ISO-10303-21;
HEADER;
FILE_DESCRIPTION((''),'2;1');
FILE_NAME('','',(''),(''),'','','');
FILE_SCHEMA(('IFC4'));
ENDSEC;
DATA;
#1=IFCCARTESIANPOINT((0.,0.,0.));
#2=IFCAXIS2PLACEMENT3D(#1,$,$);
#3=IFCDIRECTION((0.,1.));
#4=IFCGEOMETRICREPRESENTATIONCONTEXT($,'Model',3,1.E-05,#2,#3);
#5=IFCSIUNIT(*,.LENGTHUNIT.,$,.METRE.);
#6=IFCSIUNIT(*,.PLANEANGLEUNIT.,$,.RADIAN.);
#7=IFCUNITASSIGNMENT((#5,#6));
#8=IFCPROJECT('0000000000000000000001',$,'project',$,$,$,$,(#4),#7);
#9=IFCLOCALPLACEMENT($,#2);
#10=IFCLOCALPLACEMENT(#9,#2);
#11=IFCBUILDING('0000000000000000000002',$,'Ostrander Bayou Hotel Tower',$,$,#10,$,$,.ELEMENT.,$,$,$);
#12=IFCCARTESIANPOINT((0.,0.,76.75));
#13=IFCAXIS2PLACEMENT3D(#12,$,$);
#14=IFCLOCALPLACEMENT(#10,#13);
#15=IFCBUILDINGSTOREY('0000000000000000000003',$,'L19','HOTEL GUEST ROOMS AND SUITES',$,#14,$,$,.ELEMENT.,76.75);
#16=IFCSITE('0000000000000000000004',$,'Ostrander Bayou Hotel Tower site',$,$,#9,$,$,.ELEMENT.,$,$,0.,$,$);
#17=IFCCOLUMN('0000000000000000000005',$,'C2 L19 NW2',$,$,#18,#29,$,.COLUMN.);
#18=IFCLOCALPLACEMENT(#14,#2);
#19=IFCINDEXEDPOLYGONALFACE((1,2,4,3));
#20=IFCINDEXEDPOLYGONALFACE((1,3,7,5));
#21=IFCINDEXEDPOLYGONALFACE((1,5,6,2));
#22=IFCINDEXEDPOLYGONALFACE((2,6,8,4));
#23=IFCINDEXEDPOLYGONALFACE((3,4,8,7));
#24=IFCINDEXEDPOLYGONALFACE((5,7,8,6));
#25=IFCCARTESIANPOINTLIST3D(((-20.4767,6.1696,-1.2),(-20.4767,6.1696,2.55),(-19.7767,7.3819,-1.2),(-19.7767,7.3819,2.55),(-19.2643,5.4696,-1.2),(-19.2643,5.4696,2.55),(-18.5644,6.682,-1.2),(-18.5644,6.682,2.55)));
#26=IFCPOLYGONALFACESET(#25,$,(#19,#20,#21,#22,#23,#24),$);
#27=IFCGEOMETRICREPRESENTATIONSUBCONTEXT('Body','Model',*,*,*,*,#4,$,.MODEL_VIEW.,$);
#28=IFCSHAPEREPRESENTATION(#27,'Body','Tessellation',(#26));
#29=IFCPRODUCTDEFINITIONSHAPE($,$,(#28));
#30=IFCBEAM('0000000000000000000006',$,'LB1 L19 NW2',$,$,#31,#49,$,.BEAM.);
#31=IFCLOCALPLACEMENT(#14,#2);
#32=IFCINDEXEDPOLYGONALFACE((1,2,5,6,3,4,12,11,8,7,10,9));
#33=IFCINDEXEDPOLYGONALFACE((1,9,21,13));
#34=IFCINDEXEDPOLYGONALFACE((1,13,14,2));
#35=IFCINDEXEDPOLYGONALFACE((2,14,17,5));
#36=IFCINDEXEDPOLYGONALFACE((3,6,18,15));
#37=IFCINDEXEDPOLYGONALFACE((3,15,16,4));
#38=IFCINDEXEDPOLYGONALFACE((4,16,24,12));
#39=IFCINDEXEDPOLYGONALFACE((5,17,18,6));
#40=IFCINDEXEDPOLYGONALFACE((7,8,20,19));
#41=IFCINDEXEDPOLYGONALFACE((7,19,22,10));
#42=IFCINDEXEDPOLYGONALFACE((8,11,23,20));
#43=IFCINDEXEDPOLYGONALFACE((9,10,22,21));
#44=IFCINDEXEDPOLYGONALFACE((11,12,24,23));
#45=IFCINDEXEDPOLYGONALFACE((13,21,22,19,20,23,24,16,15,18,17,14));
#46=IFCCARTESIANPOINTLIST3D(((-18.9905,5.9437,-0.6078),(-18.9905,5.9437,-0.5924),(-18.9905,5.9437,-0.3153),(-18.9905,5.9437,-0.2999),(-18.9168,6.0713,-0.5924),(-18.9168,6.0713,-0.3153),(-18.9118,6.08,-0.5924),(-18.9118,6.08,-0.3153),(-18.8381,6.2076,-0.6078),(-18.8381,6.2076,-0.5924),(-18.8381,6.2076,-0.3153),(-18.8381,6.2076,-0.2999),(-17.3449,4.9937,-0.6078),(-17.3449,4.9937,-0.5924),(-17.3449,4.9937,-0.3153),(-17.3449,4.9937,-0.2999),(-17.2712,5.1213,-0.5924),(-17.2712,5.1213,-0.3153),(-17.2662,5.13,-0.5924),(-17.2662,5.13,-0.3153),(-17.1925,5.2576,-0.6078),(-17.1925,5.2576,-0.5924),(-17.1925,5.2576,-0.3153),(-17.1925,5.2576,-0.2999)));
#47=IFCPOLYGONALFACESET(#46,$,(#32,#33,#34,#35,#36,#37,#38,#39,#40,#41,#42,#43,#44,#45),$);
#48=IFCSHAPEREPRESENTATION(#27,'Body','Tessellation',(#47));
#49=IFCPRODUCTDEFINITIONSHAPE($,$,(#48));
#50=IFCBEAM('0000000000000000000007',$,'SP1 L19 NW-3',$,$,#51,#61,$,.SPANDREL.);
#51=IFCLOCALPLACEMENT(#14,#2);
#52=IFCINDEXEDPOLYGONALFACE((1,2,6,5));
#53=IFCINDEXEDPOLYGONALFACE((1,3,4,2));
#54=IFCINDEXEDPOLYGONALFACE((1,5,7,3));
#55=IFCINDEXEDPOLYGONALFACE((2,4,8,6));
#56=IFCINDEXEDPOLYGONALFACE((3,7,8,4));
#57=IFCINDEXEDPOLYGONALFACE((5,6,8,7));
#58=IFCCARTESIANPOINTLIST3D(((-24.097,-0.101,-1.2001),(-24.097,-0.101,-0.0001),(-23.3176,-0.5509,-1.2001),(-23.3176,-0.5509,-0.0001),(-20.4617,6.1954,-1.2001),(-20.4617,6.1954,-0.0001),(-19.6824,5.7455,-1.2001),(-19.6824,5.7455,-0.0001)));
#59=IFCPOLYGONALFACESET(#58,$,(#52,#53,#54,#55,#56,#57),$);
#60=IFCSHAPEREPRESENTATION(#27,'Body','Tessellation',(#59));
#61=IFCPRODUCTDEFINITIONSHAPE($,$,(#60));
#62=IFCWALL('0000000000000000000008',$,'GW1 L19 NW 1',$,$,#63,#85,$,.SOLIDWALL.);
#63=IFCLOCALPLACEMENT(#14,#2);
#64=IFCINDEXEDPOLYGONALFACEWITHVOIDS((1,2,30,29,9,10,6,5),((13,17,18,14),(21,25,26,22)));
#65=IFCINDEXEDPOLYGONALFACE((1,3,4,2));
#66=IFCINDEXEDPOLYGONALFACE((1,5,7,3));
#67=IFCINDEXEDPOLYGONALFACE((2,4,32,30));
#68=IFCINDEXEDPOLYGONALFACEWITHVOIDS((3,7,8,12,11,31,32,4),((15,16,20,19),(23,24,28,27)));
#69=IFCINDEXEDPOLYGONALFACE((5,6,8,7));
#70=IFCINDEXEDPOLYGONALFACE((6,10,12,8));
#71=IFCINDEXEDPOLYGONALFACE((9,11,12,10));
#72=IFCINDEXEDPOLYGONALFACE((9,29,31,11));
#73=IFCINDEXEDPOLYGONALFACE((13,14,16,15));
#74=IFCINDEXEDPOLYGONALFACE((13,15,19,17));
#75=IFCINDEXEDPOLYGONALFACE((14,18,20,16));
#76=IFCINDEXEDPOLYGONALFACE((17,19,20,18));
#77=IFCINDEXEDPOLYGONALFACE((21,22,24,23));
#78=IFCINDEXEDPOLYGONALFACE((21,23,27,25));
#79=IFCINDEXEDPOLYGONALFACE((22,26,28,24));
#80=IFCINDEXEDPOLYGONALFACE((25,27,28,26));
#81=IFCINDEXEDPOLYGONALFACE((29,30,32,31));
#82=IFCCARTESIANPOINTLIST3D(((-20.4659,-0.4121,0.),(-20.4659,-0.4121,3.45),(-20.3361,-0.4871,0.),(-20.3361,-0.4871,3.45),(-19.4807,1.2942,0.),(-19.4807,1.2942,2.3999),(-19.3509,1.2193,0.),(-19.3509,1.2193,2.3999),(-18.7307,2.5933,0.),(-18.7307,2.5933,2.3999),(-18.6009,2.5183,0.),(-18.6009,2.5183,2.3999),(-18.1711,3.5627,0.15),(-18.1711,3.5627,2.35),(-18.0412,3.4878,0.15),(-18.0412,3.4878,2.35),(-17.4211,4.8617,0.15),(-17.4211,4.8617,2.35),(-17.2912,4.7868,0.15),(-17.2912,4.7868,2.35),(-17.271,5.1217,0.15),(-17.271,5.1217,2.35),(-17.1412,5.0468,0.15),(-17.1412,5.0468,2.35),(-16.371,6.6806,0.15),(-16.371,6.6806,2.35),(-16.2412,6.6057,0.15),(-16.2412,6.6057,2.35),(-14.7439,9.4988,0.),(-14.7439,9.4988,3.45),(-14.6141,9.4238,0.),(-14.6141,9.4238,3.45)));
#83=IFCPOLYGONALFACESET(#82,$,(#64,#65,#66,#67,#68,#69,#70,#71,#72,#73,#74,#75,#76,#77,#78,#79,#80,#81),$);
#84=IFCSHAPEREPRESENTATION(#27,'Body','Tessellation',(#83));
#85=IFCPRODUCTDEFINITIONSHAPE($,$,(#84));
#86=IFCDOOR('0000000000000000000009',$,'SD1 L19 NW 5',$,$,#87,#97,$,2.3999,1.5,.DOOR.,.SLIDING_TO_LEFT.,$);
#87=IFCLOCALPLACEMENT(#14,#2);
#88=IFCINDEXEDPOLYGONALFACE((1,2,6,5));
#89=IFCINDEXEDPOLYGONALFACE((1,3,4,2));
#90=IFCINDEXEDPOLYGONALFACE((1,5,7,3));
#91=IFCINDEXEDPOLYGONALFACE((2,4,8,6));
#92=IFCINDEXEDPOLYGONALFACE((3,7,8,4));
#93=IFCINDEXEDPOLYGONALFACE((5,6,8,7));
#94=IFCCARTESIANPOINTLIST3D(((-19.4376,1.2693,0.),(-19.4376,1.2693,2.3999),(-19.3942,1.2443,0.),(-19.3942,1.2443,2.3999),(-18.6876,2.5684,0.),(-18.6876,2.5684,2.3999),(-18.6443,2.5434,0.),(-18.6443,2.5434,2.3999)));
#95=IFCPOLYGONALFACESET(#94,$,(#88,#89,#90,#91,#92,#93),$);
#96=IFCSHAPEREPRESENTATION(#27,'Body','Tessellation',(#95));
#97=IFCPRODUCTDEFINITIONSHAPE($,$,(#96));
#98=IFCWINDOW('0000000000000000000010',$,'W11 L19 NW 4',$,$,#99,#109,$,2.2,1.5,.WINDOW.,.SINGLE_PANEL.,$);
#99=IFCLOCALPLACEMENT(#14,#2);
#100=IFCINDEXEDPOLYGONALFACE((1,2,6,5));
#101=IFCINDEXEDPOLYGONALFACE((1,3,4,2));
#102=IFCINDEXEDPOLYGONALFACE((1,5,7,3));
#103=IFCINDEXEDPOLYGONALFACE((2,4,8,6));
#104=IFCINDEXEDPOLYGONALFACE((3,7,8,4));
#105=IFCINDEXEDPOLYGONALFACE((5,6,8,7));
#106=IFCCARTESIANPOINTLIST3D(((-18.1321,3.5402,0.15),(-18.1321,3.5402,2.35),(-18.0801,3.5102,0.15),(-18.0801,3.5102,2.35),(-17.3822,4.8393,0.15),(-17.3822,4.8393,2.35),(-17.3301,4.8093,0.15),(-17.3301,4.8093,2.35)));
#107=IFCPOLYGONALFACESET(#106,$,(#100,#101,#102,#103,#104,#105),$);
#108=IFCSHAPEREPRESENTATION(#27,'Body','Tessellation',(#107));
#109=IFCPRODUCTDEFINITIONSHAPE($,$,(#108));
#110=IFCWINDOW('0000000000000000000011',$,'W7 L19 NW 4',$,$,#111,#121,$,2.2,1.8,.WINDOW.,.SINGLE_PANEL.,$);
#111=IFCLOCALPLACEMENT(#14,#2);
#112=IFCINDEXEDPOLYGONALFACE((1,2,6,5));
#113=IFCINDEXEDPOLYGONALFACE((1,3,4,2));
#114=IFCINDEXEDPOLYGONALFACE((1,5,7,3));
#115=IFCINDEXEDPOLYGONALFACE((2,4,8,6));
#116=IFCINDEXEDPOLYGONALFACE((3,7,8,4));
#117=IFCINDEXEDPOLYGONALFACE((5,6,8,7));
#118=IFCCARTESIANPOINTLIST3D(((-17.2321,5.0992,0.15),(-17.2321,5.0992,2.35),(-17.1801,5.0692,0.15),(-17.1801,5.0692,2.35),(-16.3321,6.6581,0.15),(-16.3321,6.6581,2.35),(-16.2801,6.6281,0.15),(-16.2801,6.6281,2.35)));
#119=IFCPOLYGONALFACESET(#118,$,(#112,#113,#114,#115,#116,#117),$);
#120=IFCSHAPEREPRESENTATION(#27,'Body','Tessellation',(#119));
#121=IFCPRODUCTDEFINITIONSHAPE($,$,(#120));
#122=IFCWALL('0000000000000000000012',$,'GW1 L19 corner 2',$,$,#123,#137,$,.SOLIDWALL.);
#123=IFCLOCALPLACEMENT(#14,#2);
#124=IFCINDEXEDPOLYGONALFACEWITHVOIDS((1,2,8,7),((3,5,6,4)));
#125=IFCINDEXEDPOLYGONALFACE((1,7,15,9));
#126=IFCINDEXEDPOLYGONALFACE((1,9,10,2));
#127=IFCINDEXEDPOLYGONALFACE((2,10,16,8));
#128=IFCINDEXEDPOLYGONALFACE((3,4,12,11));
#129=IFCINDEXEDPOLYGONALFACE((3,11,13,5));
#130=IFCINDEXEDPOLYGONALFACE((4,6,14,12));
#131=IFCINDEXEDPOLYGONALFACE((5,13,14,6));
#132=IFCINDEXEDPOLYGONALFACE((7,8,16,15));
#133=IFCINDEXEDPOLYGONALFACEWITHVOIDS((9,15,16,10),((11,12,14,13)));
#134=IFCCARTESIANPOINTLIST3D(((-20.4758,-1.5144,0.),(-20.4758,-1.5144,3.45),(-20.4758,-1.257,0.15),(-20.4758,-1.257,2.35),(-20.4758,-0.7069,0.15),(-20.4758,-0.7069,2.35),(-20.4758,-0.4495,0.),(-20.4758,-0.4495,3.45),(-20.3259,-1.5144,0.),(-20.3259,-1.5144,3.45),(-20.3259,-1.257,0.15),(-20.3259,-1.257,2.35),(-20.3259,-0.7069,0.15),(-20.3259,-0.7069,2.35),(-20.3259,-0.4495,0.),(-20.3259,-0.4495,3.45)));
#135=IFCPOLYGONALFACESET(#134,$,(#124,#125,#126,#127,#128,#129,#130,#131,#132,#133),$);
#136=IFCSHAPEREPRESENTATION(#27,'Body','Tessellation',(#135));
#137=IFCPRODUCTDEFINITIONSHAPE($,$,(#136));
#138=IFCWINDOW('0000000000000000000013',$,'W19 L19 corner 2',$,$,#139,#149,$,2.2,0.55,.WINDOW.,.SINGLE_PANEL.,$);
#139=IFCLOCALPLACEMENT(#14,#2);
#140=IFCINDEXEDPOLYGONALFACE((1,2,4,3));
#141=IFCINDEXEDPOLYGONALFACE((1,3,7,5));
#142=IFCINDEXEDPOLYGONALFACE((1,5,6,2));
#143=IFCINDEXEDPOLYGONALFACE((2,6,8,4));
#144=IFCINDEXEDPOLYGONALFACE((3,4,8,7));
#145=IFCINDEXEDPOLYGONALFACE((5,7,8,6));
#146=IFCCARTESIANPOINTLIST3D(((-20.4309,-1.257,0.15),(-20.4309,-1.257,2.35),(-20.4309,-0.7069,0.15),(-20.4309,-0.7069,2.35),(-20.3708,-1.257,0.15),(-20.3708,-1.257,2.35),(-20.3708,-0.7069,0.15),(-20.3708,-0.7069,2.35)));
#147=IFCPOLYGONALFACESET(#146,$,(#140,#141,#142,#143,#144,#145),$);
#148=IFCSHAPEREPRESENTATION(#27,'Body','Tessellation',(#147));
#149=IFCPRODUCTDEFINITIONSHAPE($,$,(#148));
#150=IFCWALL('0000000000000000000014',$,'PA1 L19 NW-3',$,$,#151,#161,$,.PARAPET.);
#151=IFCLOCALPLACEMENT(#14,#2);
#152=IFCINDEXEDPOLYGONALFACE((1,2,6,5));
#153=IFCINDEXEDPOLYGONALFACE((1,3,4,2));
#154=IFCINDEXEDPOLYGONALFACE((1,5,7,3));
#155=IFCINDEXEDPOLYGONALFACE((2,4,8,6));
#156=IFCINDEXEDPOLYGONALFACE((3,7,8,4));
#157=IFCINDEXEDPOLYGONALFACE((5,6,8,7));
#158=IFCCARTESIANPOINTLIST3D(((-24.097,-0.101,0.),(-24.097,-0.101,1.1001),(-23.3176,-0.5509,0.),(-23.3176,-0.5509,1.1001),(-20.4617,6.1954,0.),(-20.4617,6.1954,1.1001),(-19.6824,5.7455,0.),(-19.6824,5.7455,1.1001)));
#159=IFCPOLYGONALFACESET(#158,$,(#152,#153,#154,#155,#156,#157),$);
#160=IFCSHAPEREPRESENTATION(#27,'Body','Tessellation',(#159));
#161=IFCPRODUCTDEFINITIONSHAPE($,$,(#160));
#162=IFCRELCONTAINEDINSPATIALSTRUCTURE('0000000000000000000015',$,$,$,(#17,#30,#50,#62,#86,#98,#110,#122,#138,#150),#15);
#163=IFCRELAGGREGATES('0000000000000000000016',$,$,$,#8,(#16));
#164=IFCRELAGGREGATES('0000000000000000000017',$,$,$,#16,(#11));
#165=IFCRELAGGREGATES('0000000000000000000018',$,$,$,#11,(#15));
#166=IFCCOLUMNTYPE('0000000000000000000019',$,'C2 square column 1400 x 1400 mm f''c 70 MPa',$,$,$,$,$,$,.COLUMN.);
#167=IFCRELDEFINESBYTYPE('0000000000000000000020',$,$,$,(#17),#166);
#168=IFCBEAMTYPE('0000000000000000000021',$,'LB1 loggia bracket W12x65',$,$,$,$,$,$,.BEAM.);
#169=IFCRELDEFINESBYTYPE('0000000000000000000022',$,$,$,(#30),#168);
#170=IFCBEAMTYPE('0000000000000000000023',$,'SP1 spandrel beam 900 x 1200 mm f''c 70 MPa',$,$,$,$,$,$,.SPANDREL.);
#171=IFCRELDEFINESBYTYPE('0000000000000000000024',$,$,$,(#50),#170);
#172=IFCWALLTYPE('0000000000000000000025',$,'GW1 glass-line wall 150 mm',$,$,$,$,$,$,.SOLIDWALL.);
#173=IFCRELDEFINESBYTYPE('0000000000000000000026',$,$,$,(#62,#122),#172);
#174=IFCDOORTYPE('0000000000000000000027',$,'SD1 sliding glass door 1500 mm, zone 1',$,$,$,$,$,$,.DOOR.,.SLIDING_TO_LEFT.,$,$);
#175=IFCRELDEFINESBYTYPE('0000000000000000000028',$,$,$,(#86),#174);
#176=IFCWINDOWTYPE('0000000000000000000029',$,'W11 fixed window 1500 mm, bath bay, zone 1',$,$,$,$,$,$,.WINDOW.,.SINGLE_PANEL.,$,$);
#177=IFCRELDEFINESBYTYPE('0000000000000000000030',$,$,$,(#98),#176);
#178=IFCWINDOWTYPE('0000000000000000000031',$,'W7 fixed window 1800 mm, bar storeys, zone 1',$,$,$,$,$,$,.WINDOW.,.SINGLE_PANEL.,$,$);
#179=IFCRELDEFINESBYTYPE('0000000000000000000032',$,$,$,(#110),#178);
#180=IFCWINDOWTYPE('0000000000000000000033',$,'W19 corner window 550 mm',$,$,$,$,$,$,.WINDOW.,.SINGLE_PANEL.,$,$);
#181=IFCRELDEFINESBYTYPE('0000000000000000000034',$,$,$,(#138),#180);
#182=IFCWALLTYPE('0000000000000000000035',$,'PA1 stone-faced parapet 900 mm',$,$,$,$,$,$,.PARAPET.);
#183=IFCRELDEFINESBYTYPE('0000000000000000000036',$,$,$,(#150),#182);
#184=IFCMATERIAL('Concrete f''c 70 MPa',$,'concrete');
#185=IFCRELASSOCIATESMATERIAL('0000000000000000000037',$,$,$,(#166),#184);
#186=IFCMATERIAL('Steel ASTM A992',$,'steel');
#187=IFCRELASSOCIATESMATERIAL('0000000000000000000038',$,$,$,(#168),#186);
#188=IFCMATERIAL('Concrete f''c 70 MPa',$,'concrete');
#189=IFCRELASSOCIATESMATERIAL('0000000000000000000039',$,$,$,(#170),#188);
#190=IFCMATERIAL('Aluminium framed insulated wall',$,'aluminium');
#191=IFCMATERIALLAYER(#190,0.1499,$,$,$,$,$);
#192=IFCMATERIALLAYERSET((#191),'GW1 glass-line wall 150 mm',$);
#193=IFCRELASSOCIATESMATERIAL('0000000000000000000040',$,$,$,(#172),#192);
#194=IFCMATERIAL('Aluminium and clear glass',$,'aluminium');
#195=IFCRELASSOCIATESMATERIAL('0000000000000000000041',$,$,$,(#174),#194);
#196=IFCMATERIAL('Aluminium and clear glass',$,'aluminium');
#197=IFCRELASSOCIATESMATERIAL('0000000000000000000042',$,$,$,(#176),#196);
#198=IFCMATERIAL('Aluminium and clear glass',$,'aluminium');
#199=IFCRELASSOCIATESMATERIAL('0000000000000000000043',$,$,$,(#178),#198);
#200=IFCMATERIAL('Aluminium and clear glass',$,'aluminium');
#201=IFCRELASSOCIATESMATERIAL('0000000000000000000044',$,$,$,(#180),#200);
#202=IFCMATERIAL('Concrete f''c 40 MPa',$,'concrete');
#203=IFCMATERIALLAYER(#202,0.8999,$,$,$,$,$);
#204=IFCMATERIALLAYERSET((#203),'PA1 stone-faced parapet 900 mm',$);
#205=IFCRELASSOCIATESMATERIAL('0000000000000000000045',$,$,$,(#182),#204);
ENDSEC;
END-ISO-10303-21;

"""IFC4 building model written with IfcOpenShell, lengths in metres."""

from ifc_helpers import new_model, si_unit, direction, frame, frame_2d, origin, origin_2d, place, context, subcontext, project, spatial, rectangle, i_section, extrude, material, layer, layer_set, material_profile, profile_set, type_object, element, fill, save


model = new_model("IFC4")

# Units and contexts
model_context = context("Model", 3, precision=1e-05, world=origin(), true_north=direction((0.0, 1.0)))
body_context = subcontext(model_context, "Body", "Model", "MODEL_VIEW")
ifc_project = project(units=[si_unit("LENGTHUNIT", "METRE"), si_unit("PLANEANGLEUNIT", "RADIAN")], contexts=[model_context])

# Site, building, storey
site_placement = place(None, origin())
site = spatial("IfcSite", under=ifc_project, at=site_placement, Name="Ostrander Bayou Hotel Tower site", CompositionType="ELEMENT", RefElevation=0.0)
building_placement = place(site_placement, origin())
building = spatial("IfcBuilding", under=site, at=building_placement, Name="Ostrander Bayou Hotel Tower", CompositionType="ELEMENT")
storey_placement = place(building_placement, frame((0.0, 0.0, 76.75)))
storey = spatial("IfcBuildingStorey", under=building, at=storey_placement, Name="L19", Description="HOTEL GUEST ROOMS AND SUITES", CompositionType="ELEMENT", Elevation=76.75)

# Column
ifc_material_1 = material(Name="Concrete f'c 70 MPa", Category="concrete")
ifc_material_profile_1 = material_profile(ifc_material_1, rectangle(XDim=1.3999, YDim=1.3999, at=origin_2d()))
ifc_profile_set_1 = profile_set([ifc_material_profile_1], Name="Concrete f'c 70 MPa")
column_type = type_object("IfcColumnType", Name="C2 square column 1400 x 1400 mm f'c 70 MPa", PredefinedType="COLUMN", material=ifc_profile_set_1)
column_placement = place(storey_placement, frame((-19.5205, 6.4258, -1.2), z_axis=(0.0, 0.0, 1.0), x_axis=(0.5, 0.866025, 0.0)))
element("IfcColumn", 1, at=column_placement, inside=storey, type_object=column_type, Name="C2 L19 NW2", PredefinedType="COLUMN", context=body_context, shape_type="SweptSolid", body=[
    extrude(rectangle(XDim=1.3999, YDim=1.3999, at=origin_2d()), origin(), (0.0, 0.0, 1.0), 3.75),
])

# Beams
ifc_material_2 = material(Name="Steel ASTM A992", Category="steel")
ifc_material_profile_2 = material_profile(ifc_material_2, i_section(OverallWidth=0.3047, OverallDepth=0.3079, WebThickness=0.01, FlangeThickness=0.0154, at=origin_2d()))
ifc_profile_set_2 = profile_set([ifc_material_profile_2], Name="Steel ASTM A992")
beam_type_1 = type_object("IfcBeamType", Name="LB1 loggia bracket W12x65", PredefinedType="BEAM", material=ifc_profile_set_2)
beam_1_placement = place(storey_placement, frame((-18.9143, 6.0757, -0.4539), z_axis=(0.866044, -0.499967, 0.0), x_axis=(0.499967, 0.866044, 0.0)))
element("IfcBeam", 2, at=beam_1_placement, inside=storey, type_object=beam_type_1, Name="LB1 L19 NW2", PredefinedType="BEAM", context=body_context, shape_type="SweptSolid", body=[
    extrude(i_section(OverallWidth=0.3047, OverallDepth=0.3079, WebThickness=0.01, FlangeThickness=0.0154, at=origin_2d()), origin(), (0.0, 0.0, 1.0), 1.9001),
])
ifc_material_3 = material(Name="Concrete f'c 70 MPa", Category="concrete")
ifc_material_profile_3 = material_profile(ifc_material_3, rectangle(XDim=0.8999, YDim=1.2, at=origin_2d()))
ifc_profile_set_3 = profile_set([ifc_material_profile_3], Name="Concrete f'c 70 MPa")
beam_type_2 = type_object("IfcBeamType", Name="SP1 spandrel beam 900 x 1200 mm f'c 70 MPa", PredefinedType="SPANDREL", material=ifc_profile_set_3)
beam_2_placement = place(storey_placement, frame((-20.072, 5.9705, -0.6001), z_axis=(-0.500003, -0.866023, 0.0), x_axis=(0.866023, -0.500003, 0.0)))
element("IfcBeam", 3, at=beam_2_placement, inside=storey, type_object=beam_type_2, Name="SP1 L19 NW-3", PredefinedType="SPANDREL", context=body_context, shape_type="SweptSolid", body=[
    extrude(rectangle(XDim=0.8999, YDim=1.2, at=origin_2d()), origin(), (0.0, 0.0, 1.0), 7.2705),
])

# Wall, openings, door, windows
ifc_material_4 = material(Name="Aluminium framed insulated wall", Category="aluminium")
ifc_layer_1 = layer(ifc_material_4, 0.1499)
ifc_layer_set_1 = layer_set([ifc_layer_1], Name="GW1 glass-line wall 150 mm")
wall_type_1 = type_object("IfcWallType", Name="GW1 glass-line wall 150 mm", PredefinedType="SOLIDWALL", material=ifc_layer_set_1)
wall_1_placement = place(storey_placement, frame((-14.679, 9.4614, 0.0), z_axis=(0.0, 0.0, 1.0), x_axis=(-0.499991, -0.86603, 0.0)))
wall_1 = element("IfcWall", 4, at=wall_1_placement, inside=storey, type_object=wall_type_1, Name="GW1 L19 NW 1", PredefinedType="SOLIDWALL", context=body_context, shape_type="SweptSolid", body=[
    extrude(rectangle(XDim=11.4441, YDim=0.1499, at=frame_2d((5.7222, 0.0))), origin(), (0.0, 0.0, 1.0), 3.45),
])
opening_1_placement = place(wall_1_placement, frame((3.2544, 0.0, 0.1499)))
opening_1 = element("IfcOpeningElement", 5, at=opening_1_placement, cuts=wall_1, PredefinedType="OPENING", context=body_context, shape_type="SweptSolid", body=[
    extrude(rectangle(XDim=1.8, YDim=2.2, at=frame_2d((0.8999, 1.1001))), frame((0.0, 0.075, 0.0), z_axis=(0.0, -1.0, 0.0), x_axis=(1.0, 0.0, 0.0)), (0.0, 0.0, 1.0), 0.1499),
])
opening_2_placement = place(wall_1_placement, frame((5.3545, 0.0, 0.1499)))
opening_2 = element("IfcOpeningElement", 6, at=opening_2_placement, cuts=wall_1, PredefinedType="OPENING", context=body_context, shape_type="SweptSolid", body=[
    extrude(rectangle(XDim=1.5, YDim=2.2, at=frame_2d((0.75, 1.1001))), frame((0.0, 0.075, 0.0), z_axis=(0.0, -1.0, 0.0), x_axis=(1.0, 0.0, 0.0)), (0.0, 0.0, 1.0), 0.1499),
])
opening_3_placement = place(wall_1_placement, frame((7.9739, 0.0, 0.0)))
opening_3 = element("IfcOpeningElement", 7, at=opening_3_placement, cuts=wall_1, PredefinedType="OPENING", context=body_context, shape_type="SweptSolid", body=[
    extrude(rectangle(XDim=1.5, YDim=2.3999, at=frame_2d((0.75, 1.2))), frame((0.0, 0.075, 0.0), z_axis=(0.0, -1.0, 0.0), x_axis=(1.0, 0.0, 0.0)), (0.0, 0.0, 1.0), 0.1499),
])
ifc_material_5 = material(Name="Aluminium and clear glass", Category="aluminium")
door_type_1 = type_object("IfcDoorType", Name="SD1 sliding glass door 1500 mm, zone 1", OperationType="SLIDING_TO_LEFT", PredefinedType="DOOR", material=ifc_material_5)
door_1_placement = place(opening_3_placement, origin())
door_1 = element("IfcDoor", 8, at=door_1_placement, inside=storey, type_object=door_type_1, Name="SD1 L19 NW 5", OperationType="SLIDING_TO_LEFT", OverallHeight=2.3999, OverallWidth=1.5, PredefinedType="DOOR", context=body_context, shape_type="SweptSolid", body=[
    extrude(rectangle(XDim=1.5, YDim=2.3999, at=frame_2d((0.75, 1.2))), frame((0.0, 0.0249, 0.0), z_axis=(0.0, -1.0, 0.0), x_axis=(1.0, 0.0, 0.0)), (0.0, 0.0, 1.0), 0.05),
])
fill(opening_3, door_1)
ifc_material_6 = material(Name="Aluminium and clear glass", Category="aluminium")
window_type_1 = type_object("IfcWindowType", Name="W11 fixed window 1500 mm, bath bay, zone 1", PartitioningType="SINGLE_PANEL", PredefinedType="WINDOW", material=ifc_material_6)
window_1_placement = place(opening_2_placement, origin())
window_1 = element("IfcWindow", 9, at=window_1_placement, inside=storey, type_object=window_type_1, Name="W11 L19 NW 4", OverallHeight=2.2, OverallWidth=1.5, PartitioningType="SINGLE_PANEL", PredefinedType="WINDOW", context=body_context, shape_type="SweptSolid", body=[
    extrude(rectangle(XDim=1.5, YDim=2.2, at=frame_2d((0.75, 1.1001))), frame((0.0, 0.03, 0.0), z_axis=(0.0, -1.0, 0.0), x_axis=(1.0, 0.0, 0.0)), (0.0, 0.0, 1.0), 0.0601),
])
fill(opening_2, window_1)
ifc_material_7 = material(Name="Aluminium and clear glass", Category="aluminium")
window_type_2 = type_object("IfcWindowType", Name="W7 fixed window 1800 mm, bar storeys, zone 1", PartitioningType="SINGLE_PANEL", PredefinedType="WINDOW", material=ifc_material_7)
window_2_placement = place(opening_1_placement, origin())
window_2 = element("IfcWindow", 10, at=window_2_placement, inside=storey, type_object=window_type_2, Name="W7 L19 NW 4", OverallHeight=2.2, OverallWidth=1.8, PartitioningType="SINGLE_PANEL", PredefinedType="WINDOW", context=body_context, shape_type="SweptSolid", body=[
    extrude(rectangle(XDim=1.8, YDim=2.2, at=frame_2d((0.8999, 1.1001))), frame((0.0, 0.03, 0.0), z_axis=(0.0, -1.0, 0.0), x_axis=(1.0, 0.0, 0.0)), (0.0, 0.0, 1.0), 0.0601),
])
fill(opening_1, window_2)

# Wall, opening, window
wall_2_placement = place(storey_placement, frame((-20.4009, -0.4495, 0.0), z_axis=(0.0, 0.0, 1.0), x_axis=(0.0, -1.0, 0.0)))
wall_2 = element("IfcWall", 11, at=wall_2_placement, inside=storey, type_object=wall_type_1, Name="GW1 L19 corner 2", PredefinedType="SOLIDWALL", context=body_context, shape_type="SweptSolid", body=[
    extrude(rectangle(XDim=1.0649, YDim=0.1499, at=frame_2d((0.5325, 0.0))), origin(), (0.0, 0.0, 1.0), 3.45),
])
opening_4_placement = place(wall_2_placement, frame((0.2576, 0.0, 0.1499)))
opening_4 = element("IfcOpeningElement", 12, at=opening_4_placement, cuts=wall_2, PredefinedType="OPENING", context=body_context, shape_type="SweptSolid", body=[
    extrude(rectangle(XDim=0.55, YDim=2.2, at=frame_2d((0.2749, 1.1001))), frame((0.0, 0.075, 0.0), z_axis=(0.0, -1.0, 0.0), x_axis=(1.0, 0.0, 0.0)), (0.0, 0.0, 1.0), 0.1499),
])
ifc_material_8 = material(Name="Aluminium and clear glass", Category="aluminium")
window_type_3 = type_object("IfcWindowType", Name="W19 corner window 550 mm", PartitioningType="SINGLE_PANEL", PredefinedType="WINDOW", material=ifc_material_8)
window_3_placement = place(opening_4_placement, origin())
window_3 = element("IfcWindow", 13, at=window_3_placement, inside=storey, type_object=window_type_3, Name="W19 L19 corner 2", OverallHeight=2.2, OverallWidth=0.55, PartitioningType="SINGLE_PANEL", PredefinedType="WINDOW", context=body_context, shape_type="SweptSolid", body=[
    extrude(rectangle(XDim=0.55, YDim=2.2, at=frame_2d((0.2749, 1.1001))), frame((0.0, 0.03, 0.0), z_axis=(0.0, -1.0, 0.0), x_axis=(1.0, 0.0, 0.0)), (0.0, 0.0, 1.0), 0.0601),
])
fill(opening_4, window_3)

# Wall
ifc_material_9 = material(Name="Concrete f'c 40 MPa", Category="concrete")
ifc_layer_2 = layer(ifc_material_9, 0.8999)
ifc_layer_set_2 = layer_set([ifc_layer_2], Name="PA1 stone-faced parapet 900 mm")
wall_type_2 = type_object("IfcWallType", Name="PA1 stone-faced parapet 900 mm", PredefinedType="PARAPET", material=ifc_layer_set_2)
wall_3_placement = place(storey_placement, frame((-20.072, 5.9705, 0.0), z_axis=(0.0, 0.0, 1.0), x_axis=(-0.500003, -0.866023, 0.0)))
element("IfcWall", 14, at=wall_3_placement, inside=storey, type_object=wall_type_2, Name="PA1 L19 NW-3", PredefinedType="PARAPET", context=body_context, shape_type="SweptSolid", body=[
    extrude(rectangle(XDim=7.2705, YDim=0.8999, at=frame_2d((3.6353, 0.0))), origin(), (0.0, 0.0, 1.0), 1.1001),
])

save(model, "model.ifc")
